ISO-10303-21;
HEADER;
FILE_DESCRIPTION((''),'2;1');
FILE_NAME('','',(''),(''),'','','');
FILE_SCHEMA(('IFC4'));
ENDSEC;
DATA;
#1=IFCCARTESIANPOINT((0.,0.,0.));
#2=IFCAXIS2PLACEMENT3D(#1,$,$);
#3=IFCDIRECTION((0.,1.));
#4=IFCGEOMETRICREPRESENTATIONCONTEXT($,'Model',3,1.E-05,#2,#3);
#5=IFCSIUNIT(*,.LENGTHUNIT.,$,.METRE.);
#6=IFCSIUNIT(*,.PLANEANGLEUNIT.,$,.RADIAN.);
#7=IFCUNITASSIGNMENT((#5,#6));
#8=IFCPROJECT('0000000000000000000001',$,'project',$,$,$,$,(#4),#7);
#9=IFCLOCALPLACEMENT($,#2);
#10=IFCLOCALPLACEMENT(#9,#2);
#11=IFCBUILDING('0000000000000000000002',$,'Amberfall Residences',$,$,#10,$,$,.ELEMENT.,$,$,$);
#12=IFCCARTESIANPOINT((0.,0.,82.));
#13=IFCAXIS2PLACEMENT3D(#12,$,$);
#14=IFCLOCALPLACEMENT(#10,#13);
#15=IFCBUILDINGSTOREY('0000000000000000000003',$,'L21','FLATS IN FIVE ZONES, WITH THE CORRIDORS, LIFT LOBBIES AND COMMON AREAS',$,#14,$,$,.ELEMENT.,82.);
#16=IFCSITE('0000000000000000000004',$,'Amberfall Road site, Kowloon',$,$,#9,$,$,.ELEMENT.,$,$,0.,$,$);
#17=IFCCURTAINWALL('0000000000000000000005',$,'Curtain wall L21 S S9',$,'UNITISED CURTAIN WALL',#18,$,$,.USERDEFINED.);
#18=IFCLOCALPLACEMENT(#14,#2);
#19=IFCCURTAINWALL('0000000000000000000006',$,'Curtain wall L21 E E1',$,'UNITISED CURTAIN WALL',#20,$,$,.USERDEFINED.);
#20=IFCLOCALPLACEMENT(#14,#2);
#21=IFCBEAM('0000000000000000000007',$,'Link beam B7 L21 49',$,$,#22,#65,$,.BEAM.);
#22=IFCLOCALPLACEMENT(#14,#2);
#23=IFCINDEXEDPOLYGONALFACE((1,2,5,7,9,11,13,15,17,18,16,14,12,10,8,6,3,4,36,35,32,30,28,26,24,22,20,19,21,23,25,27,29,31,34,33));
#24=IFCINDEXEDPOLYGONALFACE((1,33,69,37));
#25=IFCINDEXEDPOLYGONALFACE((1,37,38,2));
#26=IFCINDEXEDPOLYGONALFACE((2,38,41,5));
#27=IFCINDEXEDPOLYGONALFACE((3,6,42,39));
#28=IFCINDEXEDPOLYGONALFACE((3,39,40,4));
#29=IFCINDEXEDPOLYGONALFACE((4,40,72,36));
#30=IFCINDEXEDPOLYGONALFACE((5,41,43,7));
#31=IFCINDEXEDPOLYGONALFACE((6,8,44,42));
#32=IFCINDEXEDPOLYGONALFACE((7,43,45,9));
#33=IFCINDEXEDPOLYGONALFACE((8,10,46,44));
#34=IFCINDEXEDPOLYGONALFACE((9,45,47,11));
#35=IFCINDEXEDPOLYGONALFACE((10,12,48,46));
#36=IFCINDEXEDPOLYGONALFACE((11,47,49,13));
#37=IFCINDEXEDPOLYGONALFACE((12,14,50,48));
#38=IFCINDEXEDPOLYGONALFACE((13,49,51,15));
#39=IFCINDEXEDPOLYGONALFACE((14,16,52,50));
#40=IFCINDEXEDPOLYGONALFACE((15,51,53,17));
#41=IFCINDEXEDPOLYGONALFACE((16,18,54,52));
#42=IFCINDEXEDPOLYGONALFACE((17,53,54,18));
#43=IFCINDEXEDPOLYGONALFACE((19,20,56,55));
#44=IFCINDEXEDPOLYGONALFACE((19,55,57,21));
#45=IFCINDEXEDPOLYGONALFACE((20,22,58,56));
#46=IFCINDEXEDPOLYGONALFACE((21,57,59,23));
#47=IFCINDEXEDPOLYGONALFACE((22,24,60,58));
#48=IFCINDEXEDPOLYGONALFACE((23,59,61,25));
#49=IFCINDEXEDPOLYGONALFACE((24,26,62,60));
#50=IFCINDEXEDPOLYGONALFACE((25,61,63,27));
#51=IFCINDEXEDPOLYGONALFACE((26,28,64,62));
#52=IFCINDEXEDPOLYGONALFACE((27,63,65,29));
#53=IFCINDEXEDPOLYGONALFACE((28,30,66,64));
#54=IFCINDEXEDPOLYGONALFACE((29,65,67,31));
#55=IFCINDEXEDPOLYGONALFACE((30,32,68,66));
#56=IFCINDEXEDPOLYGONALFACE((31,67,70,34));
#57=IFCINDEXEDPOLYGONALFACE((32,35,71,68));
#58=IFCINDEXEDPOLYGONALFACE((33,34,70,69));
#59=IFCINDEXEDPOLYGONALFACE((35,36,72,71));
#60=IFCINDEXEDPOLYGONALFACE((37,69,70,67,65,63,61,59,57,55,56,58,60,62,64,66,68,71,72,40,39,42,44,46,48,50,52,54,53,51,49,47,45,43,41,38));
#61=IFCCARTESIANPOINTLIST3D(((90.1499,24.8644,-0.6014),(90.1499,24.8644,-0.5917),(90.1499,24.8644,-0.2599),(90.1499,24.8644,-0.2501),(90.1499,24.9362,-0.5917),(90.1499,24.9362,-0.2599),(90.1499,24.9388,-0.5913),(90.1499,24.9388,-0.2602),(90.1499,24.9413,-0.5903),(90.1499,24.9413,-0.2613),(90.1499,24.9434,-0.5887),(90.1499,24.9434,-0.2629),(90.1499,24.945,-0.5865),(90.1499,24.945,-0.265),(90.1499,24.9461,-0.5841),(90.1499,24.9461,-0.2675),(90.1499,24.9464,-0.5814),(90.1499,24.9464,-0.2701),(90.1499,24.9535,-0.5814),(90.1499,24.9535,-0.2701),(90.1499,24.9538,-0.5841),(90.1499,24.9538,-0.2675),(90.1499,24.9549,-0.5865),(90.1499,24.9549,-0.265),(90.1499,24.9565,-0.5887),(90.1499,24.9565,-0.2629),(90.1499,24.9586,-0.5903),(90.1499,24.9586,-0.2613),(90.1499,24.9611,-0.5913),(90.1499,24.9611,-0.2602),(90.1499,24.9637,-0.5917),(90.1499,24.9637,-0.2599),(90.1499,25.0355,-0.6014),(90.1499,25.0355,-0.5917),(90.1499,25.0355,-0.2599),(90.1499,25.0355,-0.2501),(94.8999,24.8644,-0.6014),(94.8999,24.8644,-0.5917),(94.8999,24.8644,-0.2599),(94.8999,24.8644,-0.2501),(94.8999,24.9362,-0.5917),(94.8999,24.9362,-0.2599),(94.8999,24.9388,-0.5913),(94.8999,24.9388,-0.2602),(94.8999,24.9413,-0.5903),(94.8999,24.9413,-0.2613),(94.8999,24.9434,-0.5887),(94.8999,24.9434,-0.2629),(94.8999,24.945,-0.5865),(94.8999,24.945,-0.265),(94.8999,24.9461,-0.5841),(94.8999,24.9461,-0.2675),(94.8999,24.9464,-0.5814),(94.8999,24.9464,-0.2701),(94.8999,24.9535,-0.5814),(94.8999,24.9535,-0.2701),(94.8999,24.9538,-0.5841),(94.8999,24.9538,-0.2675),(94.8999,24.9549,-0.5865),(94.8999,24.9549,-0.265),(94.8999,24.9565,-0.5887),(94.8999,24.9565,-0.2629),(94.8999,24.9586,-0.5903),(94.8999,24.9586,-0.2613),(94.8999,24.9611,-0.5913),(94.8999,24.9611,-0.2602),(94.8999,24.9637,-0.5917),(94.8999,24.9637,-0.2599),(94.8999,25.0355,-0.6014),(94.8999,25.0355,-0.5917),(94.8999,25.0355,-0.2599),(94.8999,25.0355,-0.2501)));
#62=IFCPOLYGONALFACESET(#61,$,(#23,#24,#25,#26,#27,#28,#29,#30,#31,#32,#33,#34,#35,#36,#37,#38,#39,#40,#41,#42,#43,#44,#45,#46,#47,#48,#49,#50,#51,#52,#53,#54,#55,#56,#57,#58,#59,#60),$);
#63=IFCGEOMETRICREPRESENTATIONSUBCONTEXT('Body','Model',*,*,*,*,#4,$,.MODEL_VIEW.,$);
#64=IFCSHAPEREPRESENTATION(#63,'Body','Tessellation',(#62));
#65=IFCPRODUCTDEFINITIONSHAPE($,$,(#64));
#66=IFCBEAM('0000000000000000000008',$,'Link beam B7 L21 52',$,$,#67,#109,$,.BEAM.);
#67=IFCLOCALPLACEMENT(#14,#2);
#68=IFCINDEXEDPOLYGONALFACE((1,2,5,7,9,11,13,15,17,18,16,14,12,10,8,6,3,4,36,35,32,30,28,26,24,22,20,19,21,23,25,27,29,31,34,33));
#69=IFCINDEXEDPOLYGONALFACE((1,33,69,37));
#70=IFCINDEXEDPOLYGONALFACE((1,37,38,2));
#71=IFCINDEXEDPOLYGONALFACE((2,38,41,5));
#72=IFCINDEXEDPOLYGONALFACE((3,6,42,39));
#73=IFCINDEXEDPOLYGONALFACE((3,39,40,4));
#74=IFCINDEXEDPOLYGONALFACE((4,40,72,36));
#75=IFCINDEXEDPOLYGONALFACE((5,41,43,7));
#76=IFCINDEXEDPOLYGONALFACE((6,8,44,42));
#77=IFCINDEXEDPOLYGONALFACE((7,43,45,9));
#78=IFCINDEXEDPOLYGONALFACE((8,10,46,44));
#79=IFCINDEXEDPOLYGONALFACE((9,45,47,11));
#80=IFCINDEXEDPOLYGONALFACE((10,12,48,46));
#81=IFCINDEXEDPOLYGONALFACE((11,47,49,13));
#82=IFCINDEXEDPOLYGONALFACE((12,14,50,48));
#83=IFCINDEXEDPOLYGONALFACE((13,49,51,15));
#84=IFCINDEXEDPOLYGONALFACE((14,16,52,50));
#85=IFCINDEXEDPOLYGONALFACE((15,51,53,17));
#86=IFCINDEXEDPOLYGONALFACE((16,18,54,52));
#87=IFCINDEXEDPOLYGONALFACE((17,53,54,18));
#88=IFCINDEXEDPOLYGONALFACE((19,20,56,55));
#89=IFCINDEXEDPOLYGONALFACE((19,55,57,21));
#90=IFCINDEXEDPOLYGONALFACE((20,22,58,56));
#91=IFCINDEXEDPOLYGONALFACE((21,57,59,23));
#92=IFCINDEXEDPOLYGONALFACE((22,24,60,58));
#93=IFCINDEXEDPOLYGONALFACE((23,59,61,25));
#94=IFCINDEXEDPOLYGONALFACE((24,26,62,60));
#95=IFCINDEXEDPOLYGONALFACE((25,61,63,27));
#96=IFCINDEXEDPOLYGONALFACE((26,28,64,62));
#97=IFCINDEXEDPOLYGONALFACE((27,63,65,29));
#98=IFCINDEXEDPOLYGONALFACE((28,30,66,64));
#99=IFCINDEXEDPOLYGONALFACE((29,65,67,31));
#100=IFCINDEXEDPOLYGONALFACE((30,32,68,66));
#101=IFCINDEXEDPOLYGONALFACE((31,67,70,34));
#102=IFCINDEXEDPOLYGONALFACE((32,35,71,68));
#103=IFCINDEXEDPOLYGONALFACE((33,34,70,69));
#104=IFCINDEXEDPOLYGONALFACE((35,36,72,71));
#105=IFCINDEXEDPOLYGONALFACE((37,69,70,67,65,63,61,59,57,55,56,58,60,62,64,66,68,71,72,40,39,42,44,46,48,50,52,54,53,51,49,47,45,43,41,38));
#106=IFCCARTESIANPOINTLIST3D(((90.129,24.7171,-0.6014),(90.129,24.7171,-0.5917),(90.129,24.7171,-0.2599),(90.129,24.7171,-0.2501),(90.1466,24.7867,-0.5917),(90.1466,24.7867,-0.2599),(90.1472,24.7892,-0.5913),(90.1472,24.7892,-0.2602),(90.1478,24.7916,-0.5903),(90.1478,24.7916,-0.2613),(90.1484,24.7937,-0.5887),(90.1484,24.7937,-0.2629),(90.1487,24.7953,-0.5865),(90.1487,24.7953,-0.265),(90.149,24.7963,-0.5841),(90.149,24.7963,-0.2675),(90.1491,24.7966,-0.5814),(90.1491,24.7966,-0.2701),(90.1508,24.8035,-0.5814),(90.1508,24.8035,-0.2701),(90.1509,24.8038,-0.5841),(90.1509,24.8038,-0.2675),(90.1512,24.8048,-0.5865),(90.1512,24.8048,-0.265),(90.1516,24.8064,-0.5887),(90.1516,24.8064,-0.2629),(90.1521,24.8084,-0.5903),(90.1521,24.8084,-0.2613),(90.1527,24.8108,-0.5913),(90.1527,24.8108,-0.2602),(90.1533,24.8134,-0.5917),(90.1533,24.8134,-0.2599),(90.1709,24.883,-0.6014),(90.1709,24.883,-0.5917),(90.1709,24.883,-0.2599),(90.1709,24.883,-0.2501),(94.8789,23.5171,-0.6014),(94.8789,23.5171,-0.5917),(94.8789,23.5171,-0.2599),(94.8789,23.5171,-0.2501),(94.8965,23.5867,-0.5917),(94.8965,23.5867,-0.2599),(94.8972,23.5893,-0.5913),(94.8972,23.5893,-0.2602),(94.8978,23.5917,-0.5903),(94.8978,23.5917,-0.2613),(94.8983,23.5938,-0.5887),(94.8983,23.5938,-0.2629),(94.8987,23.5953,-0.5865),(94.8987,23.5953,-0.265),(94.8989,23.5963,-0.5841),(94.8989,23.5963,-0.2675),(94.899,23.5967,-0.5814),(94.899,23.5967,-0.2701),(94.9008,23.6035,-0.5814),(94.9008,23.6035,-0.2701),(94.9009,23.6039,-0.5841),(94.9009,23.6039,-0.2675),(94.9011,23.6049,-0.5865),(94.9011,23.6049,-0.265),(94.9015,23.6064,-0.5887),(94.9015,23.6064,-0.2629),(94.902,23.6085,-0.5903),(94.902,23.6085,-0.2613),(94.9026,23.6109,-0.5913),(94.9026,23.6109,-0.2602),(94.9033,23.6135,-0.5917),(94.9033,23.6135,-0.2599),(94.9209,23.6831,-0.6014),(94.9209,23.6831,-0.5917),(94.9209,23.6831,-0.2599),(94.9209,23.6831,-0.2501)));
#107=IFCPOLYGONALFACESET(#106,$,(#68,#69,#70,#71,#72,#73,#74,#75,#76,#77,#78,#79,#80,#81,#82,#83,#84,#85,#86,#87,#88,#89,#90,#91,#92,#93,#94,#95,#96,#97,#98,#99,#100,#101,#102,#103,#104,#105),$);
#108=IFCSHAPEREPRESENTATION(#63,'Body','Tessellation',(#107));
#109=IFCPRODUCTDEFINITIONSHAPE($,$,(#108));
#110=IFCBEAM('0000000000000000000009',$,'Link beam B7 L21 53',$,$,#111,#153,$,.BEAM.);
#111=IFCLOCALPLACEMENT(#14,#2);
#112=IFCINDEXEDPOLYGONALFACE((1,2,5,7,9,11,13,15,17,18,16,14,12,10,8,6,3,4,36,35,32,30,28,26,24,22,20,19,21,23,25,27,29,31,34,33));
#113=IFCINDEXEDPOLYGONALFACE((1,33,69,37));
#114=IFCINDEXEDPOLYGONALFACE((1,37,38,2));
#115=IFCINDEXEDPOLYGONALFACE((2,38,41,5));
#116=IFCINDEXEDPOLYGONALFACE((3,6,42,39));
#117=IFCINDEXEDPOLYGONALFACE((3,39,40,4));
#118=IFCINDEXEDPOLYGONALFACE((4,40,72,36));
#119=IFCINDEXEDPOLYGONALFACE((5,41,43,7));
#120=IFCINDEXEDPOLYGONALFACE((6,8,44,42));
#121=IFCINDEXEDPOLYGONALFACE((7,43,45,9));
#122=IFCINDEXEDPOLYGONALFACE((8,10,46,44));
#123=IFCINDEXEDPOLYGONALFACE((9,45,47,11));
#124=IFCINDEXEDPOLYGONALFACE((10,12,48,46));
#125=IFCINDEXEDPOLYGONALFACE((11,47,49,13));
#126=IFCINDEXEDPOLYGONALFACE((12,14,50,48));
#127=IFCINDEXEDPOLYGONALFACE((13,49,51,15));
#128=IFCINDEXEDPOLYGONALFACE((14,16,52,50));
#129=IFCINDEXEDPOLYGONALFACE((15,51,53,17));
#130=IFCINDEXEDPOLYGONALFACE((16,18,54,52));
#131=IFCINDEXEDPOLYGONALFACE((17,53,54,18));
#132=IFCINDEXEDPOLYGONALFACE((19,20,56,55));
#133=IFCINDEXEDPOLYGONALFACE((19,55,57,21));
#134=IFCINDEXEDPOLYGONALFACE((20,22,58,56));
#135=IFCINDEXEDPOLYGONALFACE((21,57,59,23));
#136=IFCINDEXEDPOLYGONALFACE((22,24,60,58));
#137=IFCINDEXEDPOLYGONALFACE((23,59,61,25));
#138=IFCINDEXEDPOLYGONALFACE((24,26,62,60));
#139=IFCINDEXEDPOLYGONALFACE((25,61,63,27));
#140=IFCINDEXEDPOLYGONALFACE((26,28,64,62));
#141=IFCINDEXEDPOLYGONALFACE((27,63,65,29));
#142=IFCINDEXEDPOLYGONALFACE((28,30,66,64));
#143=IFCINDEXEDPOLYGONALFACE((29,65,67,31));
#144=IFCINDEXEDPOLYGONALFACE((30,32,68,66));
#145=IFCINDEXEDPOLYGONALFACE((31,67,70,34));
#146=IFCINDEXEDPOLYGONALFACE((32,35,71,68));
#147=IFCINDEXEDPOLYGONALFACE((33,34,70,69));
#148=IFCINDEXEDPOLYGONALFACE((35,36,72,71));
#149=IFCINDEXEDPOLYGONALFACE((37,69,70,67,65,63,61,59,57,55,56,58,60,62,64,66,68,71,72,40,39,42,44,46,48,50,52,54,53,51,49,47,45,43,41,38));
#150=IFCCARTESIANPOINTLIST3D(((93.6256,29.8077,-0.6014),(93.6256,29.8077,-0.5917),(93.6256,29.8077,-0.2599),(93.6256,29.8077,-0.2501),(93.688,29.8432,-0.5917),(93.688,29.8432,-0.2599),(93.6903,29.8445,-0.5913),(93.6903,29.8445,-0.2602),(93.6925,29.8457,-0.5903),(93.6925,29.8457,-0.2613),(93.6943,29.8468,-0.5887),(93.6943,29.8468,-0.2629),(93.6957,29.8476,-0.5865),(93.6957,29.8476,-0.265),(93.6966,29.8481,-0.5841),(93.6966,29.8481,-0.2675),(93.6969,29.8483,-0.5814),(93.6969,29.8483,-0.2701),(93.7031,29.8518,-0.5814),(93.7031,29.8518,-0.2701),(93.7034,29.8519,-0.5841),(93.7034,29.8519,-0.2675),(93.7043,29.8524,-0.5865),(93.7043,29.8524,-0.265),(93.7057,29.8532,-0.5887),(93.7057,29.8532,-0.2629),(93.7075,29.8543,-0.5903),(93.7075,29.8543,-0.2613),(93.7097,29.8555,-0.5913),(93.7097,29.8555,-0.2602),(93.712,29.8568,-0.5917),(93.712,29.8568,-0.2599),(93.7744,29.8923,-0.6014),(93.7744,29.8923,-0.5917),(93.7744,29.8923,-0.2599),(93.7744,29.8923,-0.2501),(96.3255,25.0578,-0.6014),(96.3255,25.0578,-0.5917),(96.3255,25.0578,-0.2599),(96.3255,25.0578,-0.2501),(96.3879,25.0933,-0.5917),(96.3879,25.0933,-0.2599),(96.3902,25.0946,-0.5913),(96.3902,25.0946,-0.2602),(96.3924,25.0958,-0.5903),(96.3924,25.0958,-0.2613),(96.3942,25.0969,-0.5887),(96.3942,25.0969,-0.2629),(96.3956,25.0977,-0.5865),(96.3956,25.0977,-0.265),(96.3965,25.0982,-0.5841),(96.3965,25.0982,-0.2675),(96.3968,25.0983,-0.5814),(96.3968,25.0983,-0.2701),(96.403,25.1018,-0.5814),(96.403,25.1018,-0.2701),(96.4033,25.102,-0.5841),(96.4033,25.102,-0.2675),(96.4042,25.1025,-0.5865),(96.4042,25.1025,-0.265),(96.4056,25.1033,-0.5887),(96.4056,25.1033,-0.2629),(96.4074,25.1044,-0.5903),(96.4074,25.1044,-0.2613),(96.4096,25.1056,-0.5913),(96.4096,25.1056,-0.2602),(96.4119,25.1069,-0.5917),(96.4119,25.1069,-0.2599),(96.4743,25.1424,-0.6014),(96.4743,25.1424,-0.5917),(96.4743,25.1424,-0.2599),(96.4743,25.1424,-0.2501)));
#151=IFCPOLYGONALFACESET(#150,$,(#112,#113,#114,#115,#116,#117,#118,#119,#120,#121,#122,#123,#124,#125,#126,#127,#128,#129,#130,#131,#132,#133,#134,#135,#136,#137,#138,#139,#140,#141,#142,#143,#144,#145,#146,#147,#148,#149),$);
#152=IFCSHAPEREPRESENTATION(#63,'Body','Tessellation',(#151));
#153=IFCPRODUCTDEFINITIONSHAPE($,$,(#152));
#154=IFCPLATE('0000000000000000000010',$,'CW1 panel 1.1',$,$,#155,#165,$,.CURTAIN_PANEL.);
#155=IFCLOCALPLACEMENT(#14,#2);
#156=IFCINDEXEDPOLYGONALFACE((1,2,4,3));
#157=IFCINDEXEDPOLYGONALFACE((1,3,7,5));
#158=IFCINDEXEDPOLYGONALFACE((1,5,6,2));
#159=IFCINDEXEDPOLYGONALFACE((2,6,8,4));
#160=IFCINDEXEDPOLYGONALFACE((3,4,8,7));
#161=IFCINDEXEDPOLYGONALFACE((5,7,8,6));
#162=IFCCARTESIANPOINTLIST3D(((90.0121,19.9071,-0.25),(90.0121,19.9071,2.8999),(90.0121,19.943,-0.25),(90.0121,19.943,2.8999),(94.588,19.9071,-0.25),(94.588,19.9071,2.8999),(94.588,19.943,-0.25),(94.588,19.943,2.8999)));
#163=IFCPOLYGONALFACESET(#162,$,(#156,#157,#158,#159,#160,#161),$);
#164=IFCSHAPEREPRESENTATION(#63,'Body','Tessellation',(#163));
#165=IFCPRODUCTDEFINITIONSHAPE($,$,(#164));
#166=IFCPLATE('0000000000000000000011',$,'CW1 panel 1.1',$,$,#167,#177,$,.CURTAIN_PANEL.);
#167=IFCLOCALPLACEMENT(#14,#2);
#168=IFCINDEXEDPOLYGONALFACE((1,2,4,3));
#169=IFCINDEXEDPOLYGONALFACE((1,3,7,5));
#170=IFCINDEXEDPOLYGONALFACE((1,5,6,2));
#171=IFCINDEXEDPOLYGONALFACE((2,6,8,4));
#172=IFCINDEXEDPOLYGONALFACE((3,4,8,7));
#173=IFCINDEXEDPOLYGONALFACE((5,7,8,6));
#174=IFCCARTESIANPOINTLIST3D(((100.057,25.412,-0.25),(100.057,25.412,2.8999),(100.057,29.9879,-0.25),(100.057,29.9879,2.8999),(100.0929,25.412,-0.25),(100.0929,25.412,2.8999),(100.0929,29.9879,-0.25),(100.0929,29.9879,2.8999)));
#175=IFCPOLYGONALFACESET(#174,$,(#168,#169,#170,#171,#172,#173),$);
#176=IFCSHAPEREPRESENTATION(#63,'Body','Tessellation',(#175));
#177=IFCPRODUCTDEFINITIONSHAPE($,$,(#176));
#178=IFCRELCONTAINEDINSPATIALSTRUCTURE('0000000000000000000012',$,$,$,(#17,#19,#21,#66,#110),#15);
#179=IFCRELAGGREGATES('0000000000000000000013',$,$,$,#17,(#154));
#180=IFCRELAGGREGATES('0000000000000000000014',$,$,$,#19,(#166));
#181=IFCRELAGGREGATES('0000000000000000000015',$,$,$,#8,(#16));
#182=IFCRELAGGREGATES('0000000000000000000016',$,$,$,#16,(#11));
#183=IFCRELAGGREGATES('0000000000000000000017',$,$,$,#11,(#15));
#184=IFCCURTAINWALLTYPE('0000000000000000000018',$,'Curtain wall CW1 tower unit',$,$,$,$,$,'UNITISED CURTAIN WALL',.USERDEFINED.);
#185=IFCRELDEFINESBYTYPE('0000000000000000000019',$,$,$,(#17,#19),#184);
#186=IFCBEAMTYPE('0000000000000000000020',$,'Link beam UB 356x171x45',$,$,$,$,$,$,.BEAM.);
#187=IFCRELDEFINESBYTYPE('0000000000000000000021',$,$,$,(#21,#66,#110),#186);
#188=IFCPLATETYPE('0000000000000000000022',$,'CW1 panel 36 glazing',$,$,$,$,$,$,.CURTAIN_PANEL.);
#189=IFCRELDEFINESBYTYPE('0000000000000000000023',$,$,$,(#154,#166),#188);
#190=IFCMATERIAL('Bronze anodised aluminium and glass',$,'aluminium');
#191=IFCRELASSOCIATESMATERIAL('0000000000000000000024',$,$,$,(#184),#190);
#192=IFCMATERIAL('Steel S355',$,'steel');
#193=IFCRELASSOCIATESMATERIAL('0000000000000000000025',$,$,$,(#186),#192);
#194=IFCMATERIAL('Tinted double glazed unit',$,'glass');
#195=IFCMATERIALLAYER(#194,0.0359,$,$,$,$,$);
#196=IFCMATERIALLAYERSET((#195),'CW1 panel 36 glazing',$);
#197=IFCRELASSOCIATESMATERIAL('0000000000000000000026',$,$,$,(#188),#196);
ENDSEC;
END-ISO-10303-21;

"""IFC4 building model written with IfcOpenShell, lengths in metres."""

from ifc_helpers import new_model, si_unit, direction, frame, origin, origin_2d, place, context, subcontext, project, spatial, rectangle, i_section, extrude, material, layer, layer_set, material_profile, profile_set, type_object, element, aggregate, save


model = new_model("IFC4")

# Units and contexts
model_context = context("Model", 3, precision=1e-05, world=origin(), true_north=direction((0.0, 1.0)))
body_context = subcontext(model_context, "Body", "Model", "MODEL_VIEW")
ifc_project = project(units=[si_unit("LENGTHUNIT", "METRE"), si_unit("PLANEANGLEUNIT", "RADIAN")], contexts=[model_context])

# Site, building, storey
site_placement = place(None, origin())
site = spatial("IfcSite", under=ifc_project, at=site_placement, Name="Amberfall Road site, Kowloon", CompositionType="ELEMENT", RefElevation=0.0)
building_placement = place(site_placement, origin())
building = spatial("IfcBuilding", under=site, at=building_placement, Name="Amberfall Residences", CompositionType="ELEMENT")
storey_placement = place(building_placement, frame((0.0, 0.0, 82.0)))
storey = spatial("IfcBuildingStorey", under=building, at=storey_placement, Name="L21", Description="FLATS IN FIVE ZONES, WITH THE CORRIDORS, LIFT LOBBIES AND COMMON AREAS", CompositionType="ELEMENT", Elevation=82.0)

# Curtain walls
ifc_material_1 = material(Name="Bronze anodised aluminium and glass", Category="aluminium")
curtain_wall_type = type_object("IfcCurtainWallType", Name="Curtain wall CW1 tower unit", ElementType="UNITISED CURTAIN WALL", PredefinedType="USERDEFINED", material=ifc_material_1)
curtain_wall_1_placement = place(storey_placement, origin())
curtain_wall_1 = element("IfcCurtainWall", 1, at=curtain_wall_1_placement, inside=storey, type_object=curtain_wall_type, Name="Curtain wall L21 S S9", ObjectType="UNITISED CURTAIN WALL", PredefinedType="USERDEFINED")
curtain_wall_2_placement = place(storey_placement, origin())
curtain_wall_2 = element("IfcCurtainWall", 2, at=curtain_wall_2_placement, inside=storey, type_object=curtain_wall_type, Name="Curtain wall L21 E E1", ObjectType="UNITISED CURTAIN WALL", PredefinedType="USERDEFINED")

# Beams
ifc_material_2 = material(Name="Steel S355", Category="steel")
ifc_material_profile_1 = material_profile(ifc_material_2, i_section(OverallWidth=0.1711, OverallDepth=0.3513, WebThickness=0.0071, FlangeThickness=0.0098, FilletRadius=0.0103, at=origin_2d()), Name="UB 356x171x45")
ifc_profile_set_1 = profile_set([ifc_material_profile_1], Name="Steel S355")
beam_type_1 = type_object("IfcBeamType", Name="Link beam UB 356x171x45", PredefinedType="BEAM", material=ifc_profile_set_1)
beam_1_placement = place(storey_placement, frame((90.1499, 24.95, -0.4258), z_axis=(1.0, 0.0, 0.0), x_axis=(0.0, 1.0, 0.0)))
element("IfcBeam", 3, at=beam_1_placement, inside=storey, type_object=beam_type_1, Name="Link beam B7 L21 49", PredefinedType="BEAM", context=body_context, shape_type="SweptSolid", body=[
    extrude(i_section(OverallWidth=0.1711, OverallDepth=0.3513, WebThickness=0.0071, FlangeThickness=0.0098, FilletRadius=0.0103, at=origin_2d()), origin(), (0.0, 0.0, 1.0), 4.75),
])
beam_2_placement = place(storey_placement, frame((94.8999, 23.6001, -0.4258), z_axis=(-0.969542, 0.244927, 0.0), x_axis=(-0.244927, -0.969542, 0.0)))
element("IfcBeam", 4, at=beam_2_placement, inside=storey, type_object=beam_type_1, Name="Link beam B7 L21 52", PredefinedType="BEAM", context=body_context, shape_type="SweptSolid", body=[
    extrude(i_section(OverallWidth=0.1711, OverallDepth=0.3513, WebThickness=0.0071, FlangeThickness=0.0098, FilletRadius=0.0103, at=origin_2d()), origin(), (0.0, 0.0, 1.0), 4.8992),
])
beam_3_placement = place(storey_placement, frame((96.3999, 25.1001, -0.4258), z_axis=(-0.49416, 0.869371, 0.0), x_axis=(-0.869371, -0.49416, 0.0)))
element("IfcBeam", 5, at=beam_3_placement, inside=storey, type_object=beam_type_1, Name="Link beam B7 L21 53", PredefinedType="BEAM", context=body_context, shape_type="SweptSolid", body=[
    extrude(i_section(OverallWidth=0.1711, OverallDepth=0.3513, WebThickness=0.0071, FlangeThickness=0.0098, FilletRadius=0.0103, at=origin_2d()), origin(), (0.0, 0.0, 1.0), 5.4636),
])

# Plates
ifc_material_3 = material(Name="Tinted double glazed unit", Category="glass")
ifc_layer_1 = layer(ifc_material_3, 0.0359)
ifc_layer_set_1 = layer_set([ifc_layer_1], Name="CW1 panel 36 glazing")
plate_type = type_object("IfcPlateType", Name="CW1 panel 36 glazing", PredefinedType="CURTAIN_PANEL", material=ifc_layer_set_1)
plate_1_placement = place(storey_placement, frame((92.3, 19.925, -0.25), z_axis=(0.0, 0.0, 1.0), x_axis=(1.0, 0.0, 0.0)))
plate_1 = element("IfcPlate", 6, at=plate_1_placement, type_object=plate_type, Name="CW1 panel 1.1", PredefinedType="CURTAIN_PANEL", context=body_context, shape_type="SweptSolid", body=[
    extrude(rectangle(XDim=4.5759, YDim=0.0359, at=origin_2d()), origin(), (0.0, 0.0, 1.0), 3.1499),
])
aggregate(curtain_wall_1, [plate_1])
plate_2_placement = place(storey_placement, frame((100.075, 27.7, -0.25), z_axis=(0.0, 0.0, 1.0), x_axis=(0.0, 1.0, 0.0)))
plate_2 = element("IfcPlate", 7, at=plate_2_placement, type_object=plate_type, Name="CW1 panel 1.1", PredefinedType="CURTAIN_PANEL", context=body_context, shape_type="SweptSolid", body=[
    extrude(rectangle(XDim=4.5759, YDim=0.0359, at=origin_2d()), origin(), (0.0, 0.0, 1.0), 3.1499),
])
aggregate(curtain_wall_2, [plate_2])

save(model, "model.ifc")
